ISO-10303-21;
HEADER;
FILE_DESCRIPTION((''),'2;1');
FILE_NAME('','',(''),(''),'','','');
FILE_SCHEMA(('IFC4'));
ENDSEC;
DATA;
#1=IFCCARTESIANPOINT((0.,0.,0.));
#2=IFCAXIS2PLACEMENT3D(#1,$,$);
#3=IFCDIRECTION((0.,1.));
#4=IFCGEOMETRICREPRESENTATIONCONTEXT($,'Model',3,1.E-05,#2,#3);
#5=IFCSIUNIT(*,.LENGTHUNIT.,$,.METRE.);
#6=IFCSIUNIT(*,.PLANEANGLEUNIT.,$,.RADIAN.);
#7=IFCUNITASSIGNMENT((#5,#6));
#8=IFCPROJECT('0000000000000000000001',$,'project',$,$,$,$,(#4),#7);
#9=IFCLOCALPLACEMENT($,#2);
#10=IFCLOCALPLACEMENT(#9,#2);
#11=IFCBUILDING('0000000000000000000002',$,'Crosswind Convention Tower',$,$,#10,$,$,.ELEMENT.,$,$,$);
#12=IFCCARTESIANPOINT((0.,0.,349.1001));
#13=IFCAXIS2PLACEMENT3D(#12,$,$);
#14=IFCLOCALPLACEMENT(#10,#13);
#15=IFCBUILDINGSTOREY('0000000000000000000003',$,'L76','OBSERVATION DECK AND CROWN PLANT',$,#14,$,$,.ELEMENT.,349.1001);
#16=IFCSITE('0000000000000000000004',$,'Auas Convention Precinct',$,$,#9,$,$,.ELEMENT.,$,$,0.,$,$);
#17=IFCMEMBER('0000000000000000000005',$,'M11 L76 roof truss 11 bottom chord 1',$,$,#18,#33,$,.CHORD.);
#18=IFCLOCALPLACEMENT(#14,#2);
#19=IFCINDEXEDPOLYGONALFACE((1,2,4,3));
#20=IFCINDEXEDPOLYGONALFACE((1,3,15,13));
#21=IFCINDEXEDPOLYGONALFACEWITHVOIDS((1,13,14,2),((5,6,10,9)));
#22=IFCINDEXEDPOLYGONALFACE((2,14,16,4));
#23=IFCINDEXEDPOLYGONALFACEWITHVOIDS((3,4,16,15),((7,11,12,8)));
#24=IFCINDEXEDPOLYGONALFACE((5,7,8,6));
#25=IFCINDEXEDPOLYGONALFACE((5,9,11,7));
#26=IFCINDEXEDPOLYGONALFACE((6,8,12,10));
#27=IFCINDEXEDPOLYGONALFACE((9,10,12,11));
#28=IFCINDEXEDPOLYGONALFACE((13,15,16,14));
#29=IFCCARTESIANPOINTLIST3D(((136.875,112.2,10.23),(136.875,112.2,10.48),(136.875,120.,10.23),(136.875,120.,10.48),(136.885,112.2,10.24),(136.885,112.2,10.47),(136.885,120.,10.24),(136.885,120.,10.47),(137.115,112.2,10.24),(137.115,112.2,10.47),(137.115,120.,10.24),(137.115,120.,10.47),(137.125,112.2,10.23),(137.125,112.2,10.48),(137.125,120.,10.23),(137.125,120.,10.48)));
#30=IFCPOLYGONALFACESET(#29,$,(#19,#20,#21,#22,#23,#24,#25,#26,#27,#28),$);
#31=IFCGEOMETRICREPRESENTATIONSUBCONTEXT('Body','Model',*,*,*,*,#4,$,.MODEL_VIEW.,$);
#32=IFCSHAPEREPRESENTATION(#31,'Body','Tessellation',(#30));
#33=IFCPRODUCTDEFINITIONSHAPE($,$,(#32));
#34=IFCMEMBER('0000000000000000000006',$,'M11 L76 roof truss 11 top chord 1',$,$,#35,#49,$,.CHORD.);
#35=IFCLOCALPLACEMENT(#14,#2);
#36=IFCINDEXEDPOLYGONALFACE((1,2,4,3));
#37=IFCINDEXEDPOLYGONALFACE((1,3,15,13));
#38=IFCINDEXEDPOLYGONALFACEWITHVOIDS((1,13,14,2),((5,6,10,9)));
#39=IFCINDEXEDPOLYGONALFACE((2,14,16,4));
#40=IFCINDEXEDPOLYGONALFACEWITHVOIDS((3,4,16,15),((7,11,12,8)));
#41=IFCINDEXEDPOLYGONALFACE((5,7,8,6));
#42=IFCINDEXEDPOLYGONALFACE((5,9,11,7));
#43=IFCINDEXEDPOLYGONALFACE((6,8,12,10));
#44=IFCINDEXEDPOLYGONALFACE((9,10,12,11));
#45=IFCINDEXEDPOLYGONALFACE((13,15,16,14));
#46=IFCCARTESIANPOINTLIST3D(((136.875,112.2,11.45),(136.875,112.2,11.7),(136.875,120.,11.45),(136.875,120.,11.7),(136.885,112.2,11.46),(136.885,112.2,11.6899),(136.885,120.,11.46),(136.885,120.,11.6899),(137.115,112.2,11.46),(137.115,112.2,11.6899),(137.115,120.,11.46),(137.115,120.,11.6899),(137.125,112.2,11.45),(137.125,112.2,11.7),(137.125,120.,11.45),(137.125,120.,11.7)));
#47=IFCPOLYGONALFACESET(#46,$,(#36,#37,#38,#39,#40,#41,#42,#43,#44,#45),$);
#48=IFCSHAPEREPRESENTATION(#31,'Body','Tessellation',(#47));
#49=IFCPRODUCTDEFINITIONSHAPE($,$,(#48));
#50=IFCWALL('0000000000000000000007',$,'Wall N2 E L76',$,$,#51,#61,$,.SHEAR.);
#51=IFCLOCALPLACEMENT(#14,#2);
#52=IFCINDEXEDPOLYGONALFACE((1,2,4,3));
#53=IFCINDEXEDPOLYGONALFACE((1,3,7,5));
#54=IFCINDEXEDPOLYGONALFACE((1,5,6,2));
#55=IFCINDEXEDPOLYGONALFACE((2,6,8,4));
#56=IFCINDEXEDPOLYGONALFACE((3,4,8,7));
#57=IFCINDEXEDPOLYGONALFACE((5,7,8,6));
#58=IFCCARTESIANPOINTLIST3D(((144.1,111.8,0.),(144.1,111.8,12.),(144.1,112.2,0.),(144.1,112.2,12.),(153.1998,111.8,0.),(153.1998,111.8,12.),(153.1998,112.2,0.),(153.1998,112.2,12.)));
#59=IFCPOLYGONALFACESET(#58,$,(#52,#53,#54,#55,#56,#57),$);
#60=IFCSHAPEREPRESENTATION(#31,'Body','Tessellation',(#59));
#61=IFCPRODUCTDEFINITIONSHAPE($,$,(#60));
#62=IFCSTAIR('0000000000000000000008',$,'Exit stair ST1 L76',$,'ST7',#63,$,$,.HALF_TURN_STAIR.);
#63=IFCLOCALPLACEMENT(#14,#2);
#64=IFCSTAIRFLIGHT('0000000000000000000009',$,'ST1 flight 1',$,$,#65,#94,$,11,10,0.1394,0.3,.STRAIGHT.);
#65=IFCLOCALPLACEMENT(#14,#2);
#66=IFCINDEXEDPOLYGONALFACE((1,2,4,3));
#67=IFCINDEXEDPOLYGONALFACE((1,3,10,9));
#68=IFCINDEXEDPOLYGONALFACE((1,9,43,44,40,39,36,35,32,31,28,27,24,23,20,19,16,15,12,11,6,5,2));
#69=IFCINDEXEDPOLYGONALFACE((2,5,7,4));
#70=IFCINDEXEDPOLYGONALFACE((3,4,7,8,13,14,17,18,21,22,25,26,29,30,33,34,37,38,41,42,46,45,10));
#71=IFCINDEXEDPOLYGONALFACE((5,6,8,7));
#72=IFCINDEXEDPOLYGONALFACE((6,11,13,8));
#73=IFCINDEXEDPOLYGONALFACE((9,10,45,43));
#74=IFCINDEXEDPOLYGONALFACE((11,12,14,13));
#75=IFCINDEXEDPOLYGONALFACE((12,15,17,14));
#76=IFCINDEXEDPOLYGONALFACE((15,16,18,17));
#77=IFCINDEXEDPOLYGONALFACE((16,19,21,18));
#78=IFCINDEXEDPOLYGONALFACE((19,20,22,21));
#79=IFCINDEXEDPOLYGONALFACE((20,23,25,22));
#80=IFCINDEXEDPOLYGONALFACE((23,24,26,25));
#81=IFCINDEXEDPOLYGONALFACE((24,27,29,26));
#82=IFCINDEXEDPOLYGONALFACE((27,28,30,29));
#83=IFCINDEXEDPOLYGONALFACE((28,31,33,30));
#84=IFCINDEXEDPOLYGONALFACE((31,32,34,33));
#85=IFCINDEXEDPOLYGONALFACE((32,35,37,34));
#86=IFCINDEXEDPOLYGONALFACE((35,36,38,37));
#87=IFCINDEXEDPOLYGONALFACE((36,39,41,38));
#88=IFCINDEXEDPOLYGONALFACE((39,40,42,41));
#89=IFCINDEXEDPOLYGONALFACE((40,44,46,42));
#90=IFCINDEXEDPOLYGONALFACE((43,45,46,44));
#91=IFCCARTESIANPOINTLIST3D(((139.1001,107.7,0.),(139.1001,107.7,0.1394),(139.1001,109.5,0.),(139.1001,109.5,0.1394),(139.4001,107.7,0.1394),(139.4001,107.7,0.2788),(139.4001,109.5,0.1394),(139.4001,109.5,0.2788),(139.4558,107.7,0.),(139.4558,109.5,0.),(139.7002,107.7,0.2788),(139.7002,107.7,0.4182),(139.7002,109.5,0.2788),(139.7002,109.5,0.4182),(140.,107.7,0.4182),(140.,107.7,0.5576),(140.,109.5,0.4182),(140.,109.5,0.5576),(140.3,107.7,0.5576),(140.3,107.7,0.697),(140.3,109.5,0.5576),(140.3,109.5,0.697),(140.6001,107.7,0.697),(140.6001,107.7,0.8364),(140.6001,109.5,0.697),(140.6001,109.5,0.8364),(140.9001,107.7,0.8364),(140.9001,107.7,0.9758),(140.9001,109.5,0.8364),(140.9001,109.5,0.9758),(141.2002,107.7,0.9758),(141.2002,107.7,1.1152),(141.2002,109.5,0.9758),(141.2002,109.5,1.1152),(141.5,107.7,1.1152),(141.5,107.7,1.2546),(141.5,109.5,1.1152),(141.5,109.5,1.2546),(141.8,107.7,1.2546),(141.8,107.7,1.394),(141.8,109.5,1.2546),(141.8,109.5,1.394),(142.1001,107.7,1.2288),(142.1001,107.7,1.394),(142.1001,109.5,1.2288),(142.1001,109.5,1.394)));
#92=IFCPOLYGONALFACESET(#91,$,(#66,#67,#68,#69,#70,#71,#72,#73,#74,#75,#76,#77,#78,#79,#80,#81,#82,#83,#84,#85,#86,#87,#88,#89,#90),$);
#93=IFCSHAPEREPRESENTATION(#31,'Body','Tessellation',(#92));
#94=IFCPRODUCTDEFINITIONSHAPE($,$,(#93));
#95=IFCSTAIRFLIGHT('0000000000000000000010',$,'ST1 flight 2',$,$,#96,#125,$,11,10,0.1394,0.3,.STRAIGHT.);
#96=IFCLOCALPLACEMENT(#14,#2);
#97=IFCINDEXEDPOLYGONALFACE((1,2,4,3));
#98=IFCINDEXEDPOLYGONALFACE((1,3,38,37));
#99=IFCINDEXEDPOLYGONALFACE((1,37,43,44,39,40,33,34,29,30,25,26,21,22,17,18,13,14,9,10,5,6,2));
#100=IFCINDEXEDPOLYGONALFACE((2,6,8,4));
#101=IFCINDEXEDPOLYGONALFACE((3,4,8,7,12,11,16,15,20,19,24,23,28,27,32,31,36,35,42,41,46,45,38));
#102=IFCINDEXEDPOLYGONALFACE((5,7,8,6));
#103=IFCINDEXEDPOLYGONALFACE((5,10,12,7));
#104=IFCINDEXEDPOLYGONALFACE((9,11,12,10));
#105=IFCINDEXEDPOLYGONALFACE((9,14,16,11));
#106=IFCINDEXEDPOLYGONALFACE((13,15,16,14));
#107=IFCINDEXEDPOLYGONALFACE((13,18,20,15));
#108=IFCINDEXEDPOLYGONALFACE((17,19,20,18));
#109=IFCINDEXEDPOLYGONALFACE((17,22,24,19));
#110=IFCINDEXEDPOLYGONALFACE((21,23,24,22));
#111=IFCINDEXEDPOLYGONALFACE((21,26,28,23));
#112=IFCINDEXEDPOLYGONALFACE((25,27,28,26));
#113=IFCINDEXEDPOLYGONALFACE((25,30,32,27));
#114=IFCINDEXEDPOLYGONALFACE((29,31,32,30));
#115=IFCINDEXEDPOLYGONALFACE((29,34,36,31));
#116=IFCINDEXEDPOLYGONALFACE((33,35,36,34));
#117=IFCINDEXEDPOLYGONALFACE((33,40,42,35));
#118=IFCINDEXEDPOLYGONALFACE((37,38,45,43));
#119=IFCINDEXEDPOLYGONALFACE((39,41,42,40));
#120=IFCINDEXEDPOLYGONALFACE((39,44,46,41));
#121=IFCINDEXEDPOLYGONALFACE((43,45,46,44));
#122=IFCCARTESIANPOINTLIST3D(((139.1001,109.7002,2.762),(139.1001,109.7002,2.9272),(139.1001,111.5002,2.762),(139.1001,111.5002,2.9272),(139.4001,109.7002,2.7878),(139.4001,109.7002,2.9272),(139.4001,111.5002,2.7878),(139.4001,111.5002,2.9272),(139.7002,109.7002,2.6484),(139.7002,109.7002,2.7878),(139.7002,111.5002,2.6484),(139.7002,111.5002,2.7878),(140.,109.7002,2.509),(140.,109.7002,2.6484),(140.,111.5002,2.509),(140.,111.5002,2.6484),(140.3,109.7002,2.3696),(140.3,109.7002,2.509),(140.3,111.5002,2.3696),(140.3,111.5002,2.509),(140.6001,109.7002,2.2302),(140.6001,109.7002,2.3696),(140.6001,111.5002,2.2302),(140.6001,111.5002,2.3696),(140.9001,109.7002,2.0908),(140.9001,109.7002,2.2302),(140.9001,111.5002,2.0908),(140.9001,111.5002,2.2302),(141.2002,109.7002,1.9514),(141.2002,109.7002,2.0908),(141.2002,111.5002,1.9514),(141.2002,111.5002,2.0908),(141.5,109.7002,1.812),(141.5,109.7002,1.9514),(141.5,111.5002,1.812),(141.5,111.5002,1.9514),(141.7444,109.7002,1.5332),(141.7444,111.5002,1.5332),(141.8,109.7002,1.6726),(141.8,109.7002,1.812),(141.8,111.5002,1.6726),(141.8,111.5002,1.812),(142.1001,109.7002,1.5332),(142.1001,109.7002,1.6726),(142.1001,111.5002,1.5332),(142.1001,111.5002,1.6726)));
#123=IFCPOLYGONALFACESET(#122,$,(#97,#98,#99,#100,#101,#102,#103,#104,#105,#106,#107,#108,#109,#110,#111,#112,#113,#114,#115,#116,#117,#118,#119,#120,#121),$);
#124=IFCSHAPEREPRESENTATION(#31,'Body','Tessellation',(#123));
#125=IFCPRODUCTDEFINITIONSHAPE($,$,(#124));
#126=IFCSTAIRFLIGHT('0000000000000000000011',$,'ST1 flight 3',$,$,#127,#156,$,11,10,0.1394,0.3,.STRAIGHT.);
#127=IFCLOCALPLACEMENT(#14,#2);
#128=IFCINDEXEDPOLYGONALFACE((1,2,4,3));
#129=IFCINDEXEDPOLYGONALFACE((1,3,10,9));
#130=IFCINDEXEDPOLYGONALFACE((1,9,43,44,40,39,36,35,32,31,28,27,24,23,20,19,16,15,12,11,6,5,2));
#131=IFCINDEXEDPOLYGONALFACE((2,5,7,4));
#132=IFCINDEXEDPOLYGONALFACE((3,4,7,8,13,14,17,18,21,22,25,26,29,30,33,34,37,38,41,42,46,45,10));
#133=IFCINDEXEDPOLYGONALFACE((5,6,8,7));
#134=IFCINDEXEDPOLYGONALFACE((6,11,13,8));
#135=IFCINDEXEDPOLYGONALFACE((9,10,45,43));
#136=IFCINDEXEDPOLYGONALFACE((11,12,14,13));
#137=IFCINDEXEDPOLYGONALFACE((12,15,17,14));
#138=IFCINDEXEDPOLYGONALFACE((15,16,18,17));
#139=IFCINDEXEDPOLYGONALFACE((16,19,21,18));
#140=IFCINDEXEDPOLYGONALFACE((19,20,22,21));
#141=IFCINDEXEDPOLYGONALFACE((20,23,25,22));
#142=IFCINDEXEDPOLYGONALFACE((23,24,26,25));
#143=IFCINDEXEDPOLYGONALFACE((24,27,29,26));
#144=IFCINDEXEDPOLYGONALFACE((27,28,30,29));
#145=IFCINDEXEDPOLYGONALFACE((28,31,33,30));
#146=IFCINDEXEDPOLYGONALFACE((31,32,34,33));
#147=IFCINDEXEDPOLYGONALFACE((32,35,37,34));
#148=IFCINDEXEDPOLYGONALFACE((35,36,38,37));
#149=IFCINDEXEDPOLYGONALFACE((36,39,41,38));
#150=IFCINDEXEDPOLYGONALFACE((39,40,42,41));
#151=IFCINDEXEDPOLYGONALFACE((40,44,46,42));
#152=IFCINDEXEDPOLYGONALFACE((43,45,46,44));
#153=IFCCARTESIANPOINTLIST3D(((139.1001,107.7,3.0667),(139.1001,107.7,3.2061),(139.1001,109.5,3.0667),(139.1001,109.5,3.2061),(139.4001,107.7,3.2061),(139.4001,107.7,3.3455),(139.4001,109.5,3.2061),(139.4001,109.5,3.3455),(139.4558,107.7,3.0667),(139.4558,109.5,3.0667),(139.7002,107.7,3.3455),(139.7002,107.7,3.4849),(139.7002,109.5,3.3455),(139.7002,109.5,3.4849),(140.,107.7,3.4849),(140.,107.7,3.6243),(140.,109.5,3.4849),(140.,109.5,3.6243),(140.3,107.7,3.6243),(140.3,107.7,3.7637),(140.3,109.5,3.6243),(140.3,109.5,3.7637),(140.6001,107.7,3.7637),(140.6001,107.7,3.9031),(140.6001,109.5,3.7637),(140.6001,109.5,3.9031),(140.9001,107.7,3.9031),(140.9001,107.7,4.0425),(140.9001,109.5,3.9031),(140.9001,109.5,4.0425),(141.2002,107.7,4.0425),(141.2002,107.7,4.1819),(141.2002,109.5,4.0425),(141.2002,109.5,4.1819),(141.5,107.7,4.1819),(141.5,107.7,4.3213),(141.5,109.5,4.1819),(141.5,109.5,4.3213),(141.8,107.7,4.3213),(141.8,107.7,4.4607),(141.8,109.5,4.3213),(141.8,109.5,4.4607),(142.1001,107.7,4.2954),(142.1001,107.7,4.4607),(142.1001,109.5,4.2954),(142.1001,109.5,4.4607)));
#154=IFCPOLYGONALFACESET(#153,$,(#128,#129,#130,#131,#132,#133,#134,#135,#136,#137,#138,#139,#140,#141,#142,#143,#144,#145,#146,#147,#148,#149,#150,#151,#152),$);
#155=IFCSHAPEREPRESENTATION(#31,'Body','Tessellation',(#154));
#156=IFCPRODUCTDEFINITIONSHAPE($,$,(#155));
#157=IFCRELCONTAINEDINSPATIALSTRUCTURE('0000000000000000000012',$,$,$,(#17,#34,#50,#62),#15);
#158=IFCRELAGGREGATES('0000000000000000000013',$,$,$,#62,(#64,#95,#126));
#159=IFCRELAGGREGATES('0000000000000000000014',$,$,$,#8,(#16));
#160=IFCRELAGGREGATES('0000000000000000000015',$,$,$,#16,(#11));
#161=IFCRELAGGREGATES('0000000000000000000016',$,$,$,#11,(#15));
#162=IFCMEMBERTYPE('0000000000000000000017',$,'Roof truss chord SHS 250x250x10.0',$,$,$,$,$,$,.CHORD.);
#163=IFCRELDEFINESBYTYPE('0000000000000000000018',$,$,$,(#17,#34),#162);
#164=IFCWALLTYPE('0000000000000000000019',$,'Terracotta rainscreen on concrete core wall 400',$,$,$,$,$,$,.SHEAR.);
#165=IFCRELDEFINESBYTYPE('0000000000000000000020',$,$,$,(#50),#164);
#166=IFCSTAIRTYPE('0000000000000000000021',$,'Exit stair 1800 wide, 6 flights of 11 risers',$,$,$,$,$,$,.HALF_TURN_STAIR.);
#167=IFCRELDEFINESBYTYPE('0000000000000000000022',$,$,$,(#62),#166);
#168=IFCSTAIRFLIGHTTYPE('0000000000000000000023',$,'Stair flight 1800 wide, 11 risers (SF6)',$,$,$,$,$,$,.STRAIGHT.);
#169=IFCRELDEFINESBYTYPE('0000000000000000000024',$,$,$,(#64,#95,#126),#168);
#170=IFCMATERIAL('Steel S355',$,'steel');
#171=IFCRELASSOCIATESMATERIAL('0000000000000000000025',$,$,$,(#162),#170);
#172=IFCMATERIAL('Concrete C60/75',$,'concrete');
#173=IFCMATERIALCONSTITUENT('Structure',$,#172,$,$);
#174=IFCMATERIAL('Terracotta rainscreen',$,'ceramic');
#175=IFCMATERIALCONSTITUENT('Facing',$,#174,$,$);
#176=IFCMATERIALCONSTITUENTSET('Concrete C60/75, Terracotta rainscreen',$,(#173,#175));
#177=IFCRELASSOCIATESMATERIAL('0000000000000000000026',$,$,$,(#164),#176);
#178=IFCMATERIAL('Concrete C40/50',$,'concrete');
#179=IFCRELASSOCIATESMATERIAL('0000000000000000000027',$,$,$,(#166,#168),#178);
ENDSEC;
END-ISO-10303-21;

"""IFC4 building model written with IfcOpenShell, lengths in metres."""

from ifc_helpers import new_model, si_unit, direction, frame, frame_2d, origin, origin_2d, place, context, subcontext, project, spatial, polyline, rectangle, hollow_rectangle, outline, extrude, material, constituent, constituent_set, material_profile, profile_set, type_object, element, aggregate, save


model = new_model("IFC4")

# Units and contexts
model_context = context("Model", 3, precision=1e-05, world=origin(), true_north=direction((0.0, 1.0)))
body_context = subcontext(model_context, "Body", "Model", "MODEL_VIEW")
ifc_project = project(units=[si_unit("LENGTHUNIT", "METRE"), si_unit("PLANEANGLEUNIT", "RADIAN")], contexts=[model_context])

# Site, building, storey
site_placement = place(None, origin())
site = spatial("IfcSite", under=ifc_project, at=site_placement, Name="Auas Convention Precinct", CompositionType="ELEMENT", RefElevation=0.0)
building_placement = place(site_placement, origin())
building = spatial("IfcBuilding", under=site, at=building_placement, Name="Crosswind Convention Tower", CompositionType="ELEMENT")
storey_placement = place(building_placement, frame((0.0, 0.0, 349.1001)))
storey = spatial("IfcBuildingStorey", under=building, at=storey_placement, Name="L76", Description="OBSERVATION DECK AND CROWN PLANT", CompositionType="ELEMENT", Elevation=349.1001)

# Members
ifc_material_1 = material(Name="Steel S355", Category="steel")
ifc_material_profile = material_profile(ifc_material_1, hollow_rectangle(XDim=0.25, YDim=0.25, WallThickness=0.01, at=origin_2d()), Name="SHS 250x250x10.0")
ifc_profile_set = profile_set([ifc_material_profile], Name="Steel S355")
member_type = type_object("IfcMemberType", Name="Roof truss chord SHS 250x250x10.0", PredefinedType="CHORD", material=ifc_profile_set)
for number, where, z_axis, x_axis, name in (
    (1, (137.0, 112.2, 10.355), (0.0, 1.0, 0.0), (-1.0, 0.0, 0.0), "M11 L76 roof truss 11 bottom chord 1"),
    (2, (137.0, 112.2, 11.575), (0.0, 1.0, 0.0), (-1.0, 0.0, 0.0), "M11 L76 roof truss 11 top chord 1"),
):
    element("IfcMember", number, at=place(storey_placement, frame(where, z_axis=z_axis, x_axis=x_axis)), inside=storey, type_object=member_type, Name=name, PredefinedType="CHORD", context=body_context, shape_type="SweptSolid", body=[
        extrude(hollow_rectangle(XDim=0.25, YDim=0.25, WallThickness=0.01, at=origin_2d()), origin(), (0.0, 0.0, 1.0), 7.8),
    ])

# Wall
ifc_material_2 = material(Name="Concrete C60/75", Category="concrete")
ifc_constituent_1 = constituent(ifc_material_2, Name="Structure")
ifc_material_3 = material(Name="Terracotta rainscreen", Category="ceramic")
ifc_constituent_2 = constituent(ifc_material_3, Name="Facing")
ifc_constituent_set = constituent_set(constituents=[ifc_constituent_1, ifc_constituent_2], Name="Concrete C60/75, Terracotta rainscreen")
wall_type = type_object("IfcWallType", Name="Terracotta rainscreen on concrete core wall 400", PredefinedType="SHEAR", material=ifc_constituent_set)
wall_placement = place(storey_placement, frame((144.1001, 112.0, 0.0), z_axis=(0.0, 0.0, 1.0), x_axis=(1.0, 0.0, 0.0)))
element("IfcWall", 3, at=wall_placement, inside=storey, type_object=wall_type, Name="Wall N2 E L76", PredefinedType="SHEAR", context=body_context, shape_type="SweptSolid", body=[
    extrude(rectangle(XDim=9.0999, YDim=0.3999, at=frame_2d((4.5498, 0.0))), origin(), (0.0, 0.0, 1.0), 12.0),
])

# Stair, stair flights
ifc_material_4 = material(Name="Concrete C40/50", Category="concrete")
stair_type = type_object("IfcStairType", Name="Exit stair 1800 wide, 6 flights of 11 risers", PredefinedType="HALF_TURN_STAIR", material=ifc_material_4)
stair_placement = place(storey_placement, origin())
stair = element("IfcStair", 4, at=stair_placement, inside=storey, type_object=stair_type, Name="Exit stair ST1 L76", ObjectType="ST7", PredefinedType="HALF_TURN_STAIR")
stair_flight_type = type_object("IfcStairFlightType", Name="Stair flight 1800 wide, 11 risers (SF6)", PredefinedType="STRAIGHT", material=ifc_material_4)
stair_flight_1_placement = place(storey_placement, frame((139.1001, 108.6001, 0.0), z_axis=(0.0, 0.0, 1.0), x_axis=(1.0, 0.0, 0.0)))
stair_flight_1 = element("IfcStairFlight", 5, at=stair_flight_1_placement, type_object=stair_flight_type, Name="ST1 flight 1", NumberOfRisers=11, NumberOfTreads=10, PredefinedType="STRAIGHT", RiserHeight=0.1394, TreadLength=0.3, context=body_context, shape_type="SweptSolid", body=[
    extrude(outline(polyline([(0.0, 0.0), (0.0, 0.1394), (0.3, 0.1394), (0.3, 0.2788), (0.6001, 0.2788), (0.6001, 0.4182), (0.8999, 0.4182), (0.8999, 0.5576), (1.2, 0.5576), (1.2, 0.697), (1.5, 0.697), (1.5, 0.8364), (1.8, 0.8364), (1.8, 0.9758), (2.1001, 0.9758), (2.1001, 1.1152), (2.3999, 1.1152), (2.3999, 1.2546), (2.7, 1.2546), (2.7, 1.394), (3.0, 1.394), (3.0, 1.5334), (3.0, 1.2288), (0.3557, 0.0), (0.0, 0.0)])), frame((0.0, 0.8999, 0.0), z_axis=(0.0, -1.0, 0.0), x_axis=(1.0, 0.0, 0.0)), (0.0, 0.0, 1.0), 1.8),
])
stair_flight_2_placement = place(storey_placement, frame((142.1001, 110.6001, 1.5332), z_axis=(0.0, 0.0, 1.0), x_axis=(-1.0, 0.0, 0.0)))
stair_flight_2 = element("IfcStairFlight", 6, at=stair_flight_2_placement, type_object=stair_flight_type, Name="ST1 flight 2", NumberOfRisers=11, NumberOfTreads=10, PredefinedType="STRAIGHT", RiserHeight=0.1394, TreadLength=0.3, context=body_context, shape_type="SweptSolid", body=[
    extrude(outline(polyline([(0.0, 0.0), (0.0, 0.1394), (0.3, 0.1394), (0.3, 0.2788), (0.6001, 0.2788), (0.6001, 0.4182), (0.8999, 0.4182), (0.8999, 0.5576), (1.2, 0.5576), (1.2, 0.697), (1.5, 0.697), (1.5, 0.8364), (1.8, 0.8364), (1.8, 0.9758), (2.1001, 0.9758), (2.1001, 1.1152), (2.3999, 1.1152), (2.3999, 1.2546), (2.7, 1.2546), (2.7, 1.394), (3.0, 1.394), (3.0, 1.5334), (3.0, 1.2288), (0.3557, 0.0), (0.0, 0.0)])), frame((0.0, 0.8999, 0.0), z_axis=(0.0, -1.0, 0.0), x_axis=(1.0, 0.0, 0.0)), (0.0, 0.0, 1.0), 1.8),
])
stair_flight_3_placement = place(storey_placement, frame((139.1001, 108.6001, 3.0667), z_axis=(0.0, 0.0, 1.0), x_axis=(1.0, 0.0, 0.0)))
stair_flight_3 = element("IfcStairFlight", 7, at=stair_flight_3_placement, type_object=stair_flight_type, Name="ST1 flight 3", NumberOfRisers=11, NumberOfTreads=10, PredefinedType="STRAIGHT", RiserHeight=0.1394, TreadLength=0.3, context=body_context, shape_type="SweptSolid", body=[
    extrude(outline(polyline([(0.0, 0.0), (0.0, 0.1394), (0.3, 0.1394), (0.3, 0.2788), (0.6001, 0.2788), (0.6001, 0.4182), (0.8999, 0.4182), (0.8999, 0.5576), (1.2, 0.5576), (1.2, 0.697), (1.5, 0.697), (1.5, 0.8364), (1.8, 0.8364), (1.8, 0.9758), (2.1001, 0.9758), (2.1001, 1.1152), (2.3999, 1.1152), (2.3999, 1.2546), (2.7, 1.2546), (2.7, 1.394), (3.0, 1.394), (3.0, 1.5334), (3.0, 1.2288), (0.3557, 0.0), (0.0, 0.0)])), frame((0.0, 0.8999, 0.0), z_axis=(0.0, -1.0, 0.0), x_axis=(1.0, 0.0, 0.0)), (0.0, 0.0, 1.0), 1.8),
])
aggregate(stair, [stair_flight_1, stair_flight_2, stair_flight_3])

save(model, "model.ifc")
